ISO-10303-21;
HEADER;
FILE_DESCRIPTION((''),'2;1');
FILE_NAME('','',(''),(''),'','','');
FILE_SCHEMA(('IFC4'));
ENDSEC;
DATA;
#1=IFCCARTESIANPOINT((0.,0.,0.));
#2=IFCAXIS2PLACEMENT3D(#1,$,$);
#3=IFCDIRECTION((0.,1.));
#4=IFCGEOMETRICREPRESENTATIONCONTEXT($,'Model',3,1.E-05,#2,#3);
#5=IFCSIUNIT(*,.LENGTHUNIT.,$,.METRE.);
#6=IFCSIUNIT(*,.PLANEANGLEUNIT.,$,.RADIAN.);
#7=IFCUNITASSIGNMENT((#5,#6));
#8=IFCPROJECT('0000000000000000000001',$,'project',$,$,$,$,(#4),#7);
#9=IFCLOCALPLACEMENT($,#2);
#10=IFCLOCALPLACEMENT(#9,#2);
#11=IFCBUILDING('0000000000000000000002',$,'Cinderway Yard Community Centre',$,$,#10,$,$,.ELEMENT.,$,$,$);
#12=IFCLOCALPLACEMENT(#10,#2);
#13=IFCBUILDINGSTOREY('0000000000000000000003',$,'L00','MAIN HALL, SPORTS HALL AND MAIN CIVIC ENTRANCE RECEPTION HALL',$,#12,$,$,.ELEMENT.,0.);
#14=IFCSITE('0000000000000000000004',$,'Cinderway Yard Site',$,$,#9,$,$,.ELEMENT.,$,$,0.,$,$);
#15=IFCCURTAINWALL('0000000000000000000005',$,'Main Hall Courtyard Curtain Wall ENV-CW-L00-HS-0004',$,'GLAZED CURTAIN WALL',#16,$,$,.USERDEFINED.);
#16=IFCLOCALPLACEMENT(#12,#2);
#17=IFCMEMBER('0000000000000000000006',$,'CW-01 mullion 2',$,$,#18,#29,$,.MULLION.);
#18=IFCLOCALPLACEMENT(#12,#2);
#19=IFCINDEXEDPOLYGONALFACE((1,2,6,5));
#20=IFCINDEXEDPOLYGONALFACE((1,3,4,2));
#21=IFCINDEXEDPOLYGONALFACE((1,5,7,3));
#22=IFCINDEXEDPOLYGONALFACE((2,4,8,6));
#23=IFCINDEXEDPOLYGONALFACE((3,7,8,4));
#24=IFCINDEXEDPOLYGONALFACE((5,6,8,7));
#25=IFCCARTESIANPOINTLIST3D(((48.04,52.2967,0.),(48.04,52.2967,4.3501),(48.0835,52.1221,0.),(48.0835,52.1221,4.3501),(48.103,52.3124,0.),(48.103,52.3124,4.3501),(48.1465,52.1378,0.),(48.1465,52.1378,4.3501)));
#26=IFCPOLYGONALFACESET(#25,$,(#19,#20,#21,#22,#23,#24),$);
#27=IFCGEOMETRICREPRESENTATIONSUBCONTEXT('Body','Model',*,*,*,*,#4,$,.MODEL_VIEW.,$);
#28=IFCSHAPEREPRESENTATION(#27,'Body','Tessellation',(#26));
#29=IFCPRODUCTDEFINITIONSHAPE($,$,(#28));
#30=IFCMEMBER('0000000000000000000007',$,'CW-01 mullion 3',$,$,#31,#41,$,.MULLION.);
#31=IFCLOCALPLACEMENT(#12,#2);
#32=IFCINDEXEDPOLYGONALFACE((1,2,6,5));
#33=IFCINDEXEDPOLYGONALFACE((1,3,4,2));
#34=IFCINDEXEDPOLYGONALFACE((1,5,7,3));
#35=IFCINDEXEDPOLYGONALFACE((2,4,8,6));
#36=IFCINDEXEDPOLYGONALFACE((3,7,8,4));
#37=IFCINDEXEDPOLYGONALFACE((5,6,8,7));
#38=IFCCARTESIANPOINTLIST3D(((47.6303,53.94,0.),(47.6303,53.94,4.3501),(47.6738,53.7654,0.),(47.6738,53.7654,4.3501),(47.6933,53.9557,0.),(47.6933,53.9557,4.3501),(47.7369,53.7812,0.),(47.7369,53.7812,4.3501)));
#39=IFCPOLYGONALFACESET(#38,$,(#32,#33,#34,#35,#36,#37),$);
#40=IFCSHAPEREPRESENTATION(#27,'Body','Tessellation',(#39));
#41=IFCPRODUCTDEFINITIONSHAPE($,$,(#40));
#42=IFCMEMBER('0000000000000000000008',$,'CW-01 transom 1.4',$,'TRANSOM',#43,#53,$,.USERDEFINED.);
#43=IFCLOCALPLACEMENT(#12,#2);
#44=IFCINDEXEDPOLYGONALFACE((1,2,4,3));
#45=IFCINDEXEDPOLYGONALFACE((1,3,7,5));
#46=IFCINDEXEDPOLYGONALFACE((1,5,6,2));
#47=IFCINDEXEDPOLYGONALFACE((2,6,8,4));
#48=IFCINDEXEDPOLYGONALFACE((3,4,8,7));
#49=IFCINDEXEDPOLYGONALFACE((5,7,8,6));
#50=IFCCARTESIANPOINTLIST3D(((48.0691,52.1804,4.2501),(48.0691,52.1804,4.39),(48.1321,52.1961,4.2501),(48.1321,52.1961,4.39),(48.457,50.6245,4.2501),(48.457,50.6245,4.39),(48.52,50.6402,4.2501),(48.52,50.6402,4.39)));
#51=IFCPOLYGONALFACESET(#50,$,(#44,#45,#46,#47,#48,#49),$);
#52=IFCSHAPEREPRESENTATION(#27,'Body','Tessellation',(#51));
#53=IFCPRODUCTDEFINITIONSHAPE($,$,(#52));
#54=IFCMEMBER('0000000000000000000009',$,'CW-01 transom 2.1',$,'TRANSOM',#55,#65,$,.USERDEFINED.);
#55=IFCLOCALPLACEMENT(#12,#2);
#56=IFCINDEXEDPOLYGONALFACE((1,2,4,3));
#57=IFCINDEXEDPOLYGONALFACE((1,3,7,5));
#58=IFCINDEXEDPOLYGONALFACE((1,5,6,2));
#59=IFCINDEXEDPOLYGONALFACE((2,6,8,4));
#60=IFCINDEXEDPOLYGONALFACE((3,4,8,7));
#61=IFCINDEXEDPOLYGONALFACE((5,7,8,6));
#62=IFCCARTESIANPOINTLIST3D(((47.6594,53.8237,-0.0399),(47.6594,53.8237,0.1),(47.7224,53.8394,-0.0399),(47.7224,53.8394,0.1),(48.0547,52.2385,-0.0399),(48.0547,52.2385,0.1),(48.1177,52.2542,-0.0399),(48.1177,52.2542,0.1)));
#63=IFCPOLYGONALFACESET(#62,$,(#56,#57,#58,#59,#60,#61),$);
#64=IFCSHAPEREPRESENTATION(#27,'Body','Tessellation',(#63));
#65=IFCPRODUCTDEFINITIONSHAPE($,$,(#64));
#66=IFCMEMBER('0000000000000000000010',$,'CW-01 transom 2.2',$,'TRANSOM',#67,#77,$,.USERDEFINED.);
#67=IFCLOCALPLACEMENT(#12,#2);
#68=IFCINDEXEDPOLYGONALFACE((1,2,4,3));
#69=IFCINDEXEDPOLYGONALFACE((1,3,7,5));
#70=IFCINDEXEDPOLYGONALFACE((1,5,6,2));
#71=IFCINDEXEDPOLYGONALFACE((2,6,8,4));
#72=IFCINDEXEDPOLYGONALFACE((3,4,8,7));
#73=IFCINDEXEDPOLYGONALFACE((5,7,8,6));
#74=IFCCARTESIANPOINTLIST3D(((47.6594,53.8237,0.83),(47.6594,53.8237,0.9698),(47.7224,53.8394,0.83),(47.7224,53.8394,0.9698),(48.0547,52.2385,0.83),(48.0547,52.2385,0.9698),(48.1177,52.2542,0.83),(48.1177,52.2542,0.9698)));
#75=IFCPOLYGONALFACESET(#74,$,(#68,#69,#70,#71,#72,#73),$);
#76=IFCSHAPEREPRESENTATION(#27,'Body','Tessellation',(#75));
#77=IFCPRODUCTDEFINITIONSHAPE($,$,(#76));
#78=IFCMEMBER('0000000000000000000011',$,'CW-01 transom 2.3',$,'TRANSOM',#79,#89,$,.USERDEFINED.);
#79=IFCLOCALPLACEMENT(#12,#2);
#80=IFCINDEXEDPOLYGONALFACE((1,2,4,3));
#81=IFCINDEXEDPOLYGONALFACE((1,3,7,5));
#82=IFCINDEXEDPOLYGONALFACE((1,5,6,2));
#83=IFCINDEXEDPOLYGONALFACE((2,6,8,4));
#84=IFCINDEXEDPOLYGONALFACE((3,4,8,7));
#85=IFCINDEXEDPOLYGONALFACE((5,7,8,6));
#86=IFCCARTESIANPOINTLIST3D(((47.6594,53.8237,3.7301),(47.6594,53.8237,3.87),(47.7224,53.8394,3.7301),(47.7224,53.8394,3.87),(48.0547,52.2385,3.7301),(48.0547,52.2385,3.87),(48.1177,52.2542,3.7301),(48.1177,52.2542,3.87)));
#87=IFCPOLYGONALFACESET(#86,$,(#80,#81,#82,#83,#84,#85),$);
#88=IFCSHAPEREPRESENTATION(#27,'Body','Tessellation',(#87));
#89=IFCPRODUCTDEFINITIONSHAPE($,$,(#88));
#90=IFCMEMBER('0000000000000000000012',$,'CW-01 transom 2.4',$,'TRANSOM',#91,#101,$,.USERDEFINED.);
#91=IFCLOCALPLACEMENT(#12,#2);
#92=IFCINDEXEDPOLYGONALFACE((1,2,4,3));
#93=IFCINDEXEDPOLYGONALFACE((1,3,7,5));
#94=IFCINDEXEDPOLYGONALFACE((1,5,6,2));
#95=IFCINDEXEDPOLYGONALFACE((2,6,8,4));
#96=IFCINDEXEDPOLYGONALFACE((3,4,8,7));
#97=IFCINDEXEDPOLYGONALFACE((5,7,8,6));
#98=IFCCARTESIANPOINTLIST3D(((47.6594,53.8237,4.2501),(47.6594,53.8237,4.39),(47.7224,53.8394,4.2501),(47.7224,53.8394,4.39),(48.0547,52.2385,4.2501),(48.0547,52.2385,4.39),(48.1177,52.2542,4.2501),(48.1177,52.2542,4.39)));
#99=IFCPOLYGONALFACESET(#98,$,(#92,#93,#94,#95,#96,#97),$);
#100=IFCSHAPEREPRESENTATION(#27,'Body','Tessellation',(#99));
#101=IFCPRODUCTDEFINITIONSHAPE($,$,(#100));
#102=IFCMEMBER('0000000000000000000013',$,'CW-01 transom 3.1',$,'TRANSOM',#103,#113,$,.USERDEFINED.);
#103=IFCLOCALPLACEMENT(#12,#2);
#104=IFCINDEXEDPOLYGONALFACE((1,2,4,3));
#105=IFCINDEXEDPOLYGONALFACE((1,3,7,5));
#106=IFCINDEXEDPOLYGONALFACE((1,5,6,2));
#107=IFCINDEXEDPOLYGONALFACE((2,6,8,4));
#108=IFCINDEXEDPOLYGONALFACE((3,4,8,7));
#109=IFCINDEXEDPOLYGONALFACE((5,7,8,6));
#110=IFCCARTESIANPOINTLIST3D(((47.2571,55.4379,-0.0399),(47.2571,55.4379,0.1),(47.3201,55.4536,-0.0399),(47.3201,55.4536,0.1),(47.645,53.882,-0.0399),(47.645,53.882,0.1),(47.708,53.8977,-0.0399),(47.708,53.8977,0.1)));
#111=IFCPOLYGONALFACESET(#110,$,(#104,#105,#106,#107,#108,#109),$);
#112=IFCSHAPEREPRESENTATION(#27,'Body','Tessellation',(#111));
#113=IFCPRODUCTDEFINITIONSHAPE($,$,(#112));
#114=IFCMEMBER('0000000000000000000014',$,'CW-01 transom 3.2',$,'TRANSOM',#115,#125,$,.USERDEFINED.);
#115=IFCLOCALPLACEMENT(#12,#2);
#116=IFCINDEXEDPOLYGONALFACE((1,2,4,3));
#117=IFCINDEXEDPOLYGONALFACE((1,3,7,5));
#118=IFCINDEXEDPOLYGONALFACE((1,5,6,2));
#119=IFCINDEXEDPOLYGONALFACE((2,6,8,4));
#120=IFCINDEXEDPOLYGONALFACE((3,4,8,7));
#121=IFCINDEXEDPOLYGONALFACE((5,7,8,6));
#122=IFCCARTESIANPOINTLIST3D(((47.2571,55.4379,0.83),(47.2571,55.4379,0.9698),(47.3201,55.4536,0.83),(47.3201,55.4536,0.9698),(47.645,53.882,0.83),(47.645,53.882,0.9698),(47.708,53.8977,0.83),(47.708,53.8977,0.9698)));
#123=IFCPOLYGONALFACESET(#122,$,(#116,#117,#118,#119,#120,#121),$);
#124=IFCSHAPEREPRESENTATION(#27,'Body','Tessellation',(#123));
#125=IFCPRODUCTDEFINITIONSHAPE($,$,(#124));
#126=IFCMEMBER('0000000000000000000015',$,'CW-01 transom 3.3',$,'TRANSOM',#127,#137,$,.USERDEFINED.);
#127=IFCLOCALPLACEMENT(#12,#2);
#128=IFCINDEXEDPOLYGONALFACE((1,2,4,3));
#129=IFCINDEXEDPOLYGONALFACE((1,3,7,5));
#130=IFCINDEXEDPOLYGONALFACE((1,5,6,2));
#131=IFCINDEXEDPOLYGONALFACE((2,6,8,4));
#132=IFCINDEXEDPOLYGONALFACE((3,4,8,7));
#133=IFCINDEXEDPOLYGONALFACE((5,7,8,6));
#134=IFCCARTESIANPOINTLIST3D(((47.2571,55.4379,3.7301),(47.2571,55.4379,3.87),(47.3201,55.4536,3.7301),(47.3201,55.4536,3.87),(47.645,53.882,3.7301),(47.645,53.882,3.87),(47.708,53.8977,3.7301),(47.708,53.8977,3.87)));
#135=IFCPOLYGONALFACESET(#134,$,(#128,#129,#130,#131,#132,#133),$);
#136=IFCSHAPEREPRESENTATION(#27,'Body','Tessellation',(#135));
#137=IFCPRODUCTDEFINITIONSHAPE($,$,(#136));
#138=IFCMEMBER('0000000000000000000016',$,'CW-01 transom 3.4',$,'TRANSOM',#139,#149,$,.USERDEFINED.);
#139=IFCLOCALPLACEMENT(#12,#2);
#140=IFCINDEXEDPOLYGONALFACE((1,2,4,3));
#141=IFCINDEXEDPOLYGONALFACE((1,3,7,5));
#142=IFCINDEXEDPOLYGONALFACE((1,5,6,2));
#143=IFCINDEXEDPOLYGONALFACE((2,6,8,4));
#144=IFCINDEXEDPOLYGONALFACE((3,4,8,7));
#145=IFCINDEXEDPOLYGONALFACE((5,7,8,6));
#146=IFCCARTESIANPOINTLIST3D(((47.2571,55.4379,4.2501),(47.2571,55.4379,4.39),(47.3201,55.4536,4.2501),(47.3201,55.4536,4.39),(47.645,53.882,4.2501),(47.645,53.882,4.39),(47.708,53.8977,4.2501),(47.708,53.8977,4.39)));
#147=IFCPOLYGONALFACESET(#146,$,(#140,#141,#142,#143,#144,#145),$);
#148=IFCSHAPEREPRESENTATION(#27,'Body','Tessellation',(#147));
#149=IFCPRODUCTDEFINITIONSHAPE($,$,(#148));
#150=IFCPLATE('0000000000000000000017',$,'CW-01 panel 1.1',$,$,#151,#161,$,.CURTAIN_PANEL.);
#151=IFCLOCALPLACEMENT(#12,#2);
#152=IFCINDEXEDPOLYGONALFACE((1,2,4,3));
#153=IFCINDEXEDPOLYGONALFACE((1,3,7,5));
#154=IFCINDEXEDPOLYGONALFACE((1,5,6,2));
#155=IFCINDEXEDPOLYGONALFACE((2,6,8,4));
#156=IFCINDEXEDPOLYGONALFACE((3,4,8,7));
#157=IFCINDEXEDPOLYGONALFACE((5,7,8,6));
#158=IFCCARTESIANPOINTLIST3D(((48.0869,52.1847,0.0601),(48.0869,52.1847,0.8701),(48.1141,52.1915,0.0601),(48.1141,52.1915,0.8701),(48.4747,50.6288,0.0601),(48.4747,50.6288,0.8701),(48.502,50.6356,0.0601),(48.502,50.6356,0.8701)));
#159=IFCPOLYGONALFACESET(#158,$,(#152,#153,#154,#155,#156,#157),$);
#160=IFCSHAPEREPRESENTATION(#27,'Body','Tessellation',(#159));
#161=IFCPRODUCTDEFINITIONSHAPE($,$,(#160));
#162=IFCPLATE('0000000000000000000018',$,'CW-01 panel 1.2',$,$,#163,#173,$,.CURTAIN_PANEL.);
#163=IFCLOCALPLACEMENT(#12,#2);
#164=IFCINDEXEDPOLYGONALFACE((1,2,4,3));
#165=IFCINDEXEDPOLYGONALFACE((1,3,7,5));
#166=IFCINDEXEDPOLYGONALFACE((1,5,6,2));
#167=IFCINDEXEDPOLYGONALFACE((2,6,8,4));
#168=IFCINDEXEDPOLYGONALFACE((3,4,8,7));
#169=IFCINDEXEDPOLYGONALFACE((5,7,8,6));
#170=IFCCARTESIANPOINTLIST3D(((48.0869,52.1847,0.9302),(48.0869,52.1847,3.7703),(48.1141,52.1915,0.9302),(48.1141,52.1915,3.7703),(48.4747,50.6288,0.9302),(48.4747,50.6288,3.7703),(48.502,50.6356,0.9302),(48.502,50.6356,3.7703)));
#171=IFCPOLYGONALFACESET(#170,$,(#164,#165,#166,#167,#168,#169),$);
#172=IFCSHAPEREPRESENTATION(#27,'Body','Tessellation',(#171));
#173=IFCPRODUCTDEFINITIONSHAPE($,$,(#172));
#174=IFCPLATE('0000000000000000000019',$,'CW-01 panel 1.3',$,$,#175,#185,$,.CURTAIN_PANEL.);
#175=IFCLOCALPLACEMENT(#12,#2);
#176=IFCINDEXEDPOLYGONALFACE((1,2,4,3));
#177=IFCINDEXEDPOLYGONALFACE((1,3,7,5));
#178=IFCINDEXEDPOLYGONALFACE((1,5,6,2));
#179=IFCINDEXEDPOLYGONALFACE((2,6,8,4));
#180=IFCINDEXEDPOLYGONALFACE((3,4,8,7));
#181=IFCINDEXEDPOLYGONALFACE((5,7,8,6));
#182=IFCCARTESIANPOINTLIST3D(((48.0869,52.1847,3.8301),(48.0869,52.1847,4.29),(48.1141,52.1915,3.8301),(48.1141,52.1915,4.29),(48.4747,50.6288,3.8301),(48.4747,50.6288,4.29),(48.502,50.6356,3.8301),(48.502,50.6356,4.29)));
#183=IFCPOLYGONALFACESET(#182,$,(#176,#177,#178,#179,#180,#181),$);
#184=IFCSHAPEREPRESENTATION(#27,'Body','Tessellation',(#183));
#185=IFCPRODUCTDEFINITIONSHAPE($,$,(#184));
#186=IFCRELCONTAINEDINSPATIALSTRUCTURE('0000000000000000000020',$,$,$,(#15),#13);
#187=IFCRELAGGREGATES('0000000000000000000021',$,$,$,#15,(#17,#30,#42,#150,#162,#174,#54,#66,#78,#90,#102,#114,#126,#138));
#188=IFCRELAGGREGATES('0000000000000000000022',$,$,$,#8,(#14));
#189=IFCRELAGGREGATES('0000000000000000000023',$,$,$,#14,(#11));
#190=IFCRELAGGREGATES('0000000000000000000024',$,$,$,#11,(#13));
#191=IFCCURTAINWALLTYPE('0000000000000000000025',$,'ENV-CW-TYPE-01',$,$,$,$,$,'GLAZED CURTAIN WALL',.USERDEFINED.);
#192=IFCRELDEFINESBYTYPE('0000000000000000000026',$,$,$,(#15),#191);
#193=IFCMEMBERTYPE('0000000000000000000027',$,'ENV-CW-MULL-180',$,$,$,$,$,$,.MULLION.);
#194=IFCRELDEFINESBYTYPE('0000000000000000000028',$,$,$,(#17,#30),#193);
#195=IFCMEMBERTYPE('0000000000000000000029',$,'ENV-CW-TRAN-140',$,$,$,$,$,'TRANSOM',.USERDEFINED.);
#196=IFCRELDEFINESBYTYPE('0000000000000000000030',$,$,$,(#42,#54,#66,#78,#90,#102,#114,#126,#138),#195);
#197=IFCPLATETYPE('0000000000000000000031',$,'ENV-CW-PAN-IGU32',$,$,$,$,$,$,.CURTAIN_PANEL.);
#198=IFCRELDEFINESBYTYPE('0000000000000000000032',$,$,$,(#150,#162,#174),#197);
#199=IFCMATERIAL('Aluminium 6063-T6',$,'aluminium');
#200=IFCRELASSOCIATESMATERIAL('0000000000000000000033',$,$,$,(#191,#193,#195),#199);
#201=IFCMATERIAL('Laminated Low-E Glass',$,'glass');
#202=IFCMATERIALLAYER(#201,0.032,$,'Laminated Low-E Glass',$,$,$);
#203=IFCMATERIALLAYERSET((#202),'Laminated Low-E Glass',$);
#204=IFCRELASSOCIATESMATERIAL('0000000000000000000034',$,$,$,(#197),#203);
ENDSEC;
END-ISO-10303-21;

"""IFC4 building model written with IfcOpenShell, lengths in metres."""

from ifc_helpers import new_model, si_unit, direction, frame, origin, origin_2d, place, context, subcontext, project, spatial, rectangle, extrude, material, layer, layer_set, material_profile, profile_set, type_object, element, aggregate, save


model = new_model("IFC4")

# Units and contexts
model_context = context("Model", 3, precision=1e-05, world=origin(), true_north=direction((0.0, 1.0)))
body_context = subcontext(model_context, "Body", "Model", "MODEL_VIEW")
ifc_project = project(units=[si_unit("LENGTHUNIT", "METRE"), si_unit("PLANEANGLEUNIT", "RADIAN")], contexts=[model_context])

# Site, building, storey
site_placement = place(None, origin())
site = spatial("IfcSite", under=ifc_project, at=site_placement, Name="Cinderway Yard Site", CompositionType="ELEMENT", RefElevation=0.0)
building_placement = place(site_placement, origin())
building = spatial("IfcBuilding", under=site, at=building_placement, Name="Cinderway Yard Community Centre", CompositionType="ELEMENT")
storey_placement = place(building_placement, origin())
storey = spatial("IfcBuildingStorey", under=building, at=storey_placement, Name="L00", Description="MAIN HALL, SPORTS HALL AND MAIN CIVIC ENTRANCE RECEPTION HALL", CompositionType="ELEMENT", Elevation=0.0)

# Curtain wall, members, plates
ifc_material_1 = material(Name="Aluminium 6063-T6", Category="aluminium")
curtain_wall_type = type_object("IfcCurtainWallType", Name="ENV-CW-TYPE-01", ElementType="GLAZED CURTAIN WALL", PredefinedType="USERDEFINED", material=ifc_material_1)
curtain_wall_placement = place(storey_placement, origin())
curtain_wall = element("IfcCurtainWall", 1, at=curtain_wall_placement, inside=storey, type_object=curtain_wall_type, Name="Main Hall Courtyard Curtain Wall ENV-CW-L00-HS-0004", ObjectType="GLAZED CURTAIN WALL", PredefinedType="USERDEFINED")
ifc_material_profile_1 = material_profile(ifc_material_1, rectangle(XDim=0.0649, YDim=0.1799, at=origin_2d()), Name="Aluminium 6063-T6")
ifc_profile_set_1 = profile_set([ifc_material_profile_1], Name="Aluminium 6063-T6")
member_type_1 = type_object("IfcMemberType", Name="ENV-CW-MULL-180", PredefinedType="MULLION", material=ifc_profile_set_1)
member_1_placement = place(storey_placement, frame((48.0933, 52.2173, 0.0), z_axis=(0.0, 0.0, 1.0), x_axis=(-0.970304, -0.241887, 0.0)))
member_1 = element("IfcMember", 2, at=member_1_placement, type_object=member_type_1, Name="CW-01 mullion 2", PredefinedType="MULLION", context=body_context, shape_type="SweptSolid", body=[
    extrude(rectangle(XDim=0.0649, YDim=0.1799, at=origin_2d()), origin(), (0.0, 0.0, 1.0), 4.3501),
])
member_2_placement = place(storey_placement, frame((47.6836, 53.8606, 0.0), z_axis=(0.0, 0.0, 1.0), x_axis=(-0.970304, -0.241887, 0.0)))
member_2 = element("IfcMember", 3, at=member_2_placement, type_object=member_type_1, Name="CW-01 mullion 3", PredefinedType="MULLION", context=body_context, shape_type="SweptSolid", body=[
    extrude(rectangle(XDim=0.0649, YDim=0.1799, at=origin_2d()), origin(), (0.0, 0.0, 1.0), 4.3501),
])
ifc_material_profile_2 = material_profile(ifc_material_1, rectangle(XDim=0.0649, YDim=0.1399, at=origin_2d()), Name="Aluminium 6063-T6")
ifc_profile_set_2 = profile_set([ifc_material_profile_2], Name="Aluminium 6063-T6")
member_type_2 = type_object("IfcMemberType", Name="ENV-CW-TRAN-140", ElementType="TRANSOM", PredefinedType="USERDEFINED", material=ifc_profile_set_2)
member_3_placement = place(storey_placement, frame((48.4885, 50.6323, 4.3201), z_axis=(-0.241927, 0.970295, 0.0), x_axis=(-0.970295, -0.241927, 0.0)))
member_3 = element("IfcMember", 4, at=member_3_placement, type_object=member_type_2, Name="CW-01 transom 1.4", ObjectType="TRANSOM", PredefinedType="USERDEFINED", context=body_context, shape_type="SweptSolid", body=[
    extrude(rectangle(XDim=0.0649, YDim=0.1399, at=origin_2d()), origin(), (0.0, 0.0, 1.0), 1.6035),
])
member_4_placement = place(storey_placement, frame((48.0862, 52.2463, 0.03), z_axis=(-0.241938, 0.970292, 0.0), x_axis=(-0.970292, -0.241938, 0.0)))
member_4 = element("IfcMember", 5, at=member_4_placement, type_object=member_type_2, Name="CW-01 transom 2.1", ObjectType="TRANSOM", PredefinedType="USERDEFINED", context=body_context, shape_type="SweptSolid", body=[
    extrude(rectangle(XDim=0.0649, YDim=0.1399, at=origin_2d()), origin(), (0.0, 0.0, 1.0), 1.6338),
])
member_5_placement = place(storey_placement, frame((48.0862, 52.2463, 0.8999), z_axis=(-0.241938, 0.970292, 0.0), x_axis=(-0.970292, -0.241938, 0.0)))
member_5 = element("IfcMember", 6, at=member_5_placement, type_object=member_type_2, Name="CW-01 transom 2.2", ObjectType="TRANSOM", PredefinedType="USERDEFINED", context=body_context, shape_type="SweptSolid", body=[
    extrude(rectangle(XDim=0.0649, YDim=0.1399, at=origin_2d()), origin(), (0.0, 0.0, 1.0), 1.6338),
])
member_6_placement = place(storey_placement, frame((48.0862, 52.2463, 3.8), z_axis=(-0.241938, 0.970292, 0.0), x_axis=(-0.970292, -0.241938, 0.0)))
member_6 = element("IfcMember", 7, at=member_6_placement, type_object=member_type_2, Name="CW-01 transom 2.3", ObjectType="TRANSOM", PredefinedType="USERDEFINED", context=body_context, shape_type="SweptSolid", body=[
    extrude(rectangle(XDim=0.0649, YDim=0.1399, at=origin_2d()), origin(), (0.0, 0.0, 1.0), 1.6338),
])
member_7_placement = place(storey_placement, frame((48.0862, 52.2463, 4.3201), z_axis=(-0.241938, 0.970292, 0.0), x_axis=(-0.970292, -0.241938, 0.0)))
member_7 = element("IfcMember", 8, at=member_7_placement, type_object=member_type_2, Name="CW-01 transom 2.4", ObjectType="TRANSOM", PredefinedType="USERDEFINED", context=body_context, shape_type="SweptSolid", body=[
    extrude(rectangle(XDim=0.0649, YDim=0.1399, at=origin_2d()), origin(), (0.0, 0.0, 1.0), 1.6338),
])
member_8_placement = place(storey_placement, frame((47.6765, 53.8899, 0.03), z_axis=(-0.241927, 0.970295, 0.0), x_axis=(-0.970295, -0.241927, 0.0)))
member_8 = element("IfcMember", 9, at=member_8_placement, type_object=member_type_2, Name="CW-01 transom 3.1", ObjectType="TRANSOM", PredefinedType="USERDEFINED", context=body_context, shape_type="SweptSolid", body=[
    extrude(rectangle(XDim=0.0649, YDim=0.1399, at=origin_2d()), origin(), (0.0, 0.0, 1.0), 1.6035),
])
member_9_placement = place(storey_placement, frame((47.6765, 53.8899, 0.8999), z_axis=(-0.241927, 0.970295, 0.0), x_axis=(-0.970295, -0.241927, 0.0)))
member_9 = element("IfcMember", 10, at=member_9_placement, type_object=member_type_2, Name="CW-01 transom 3.2", ObjectType="TRANSOM", PredefinedType="USERDEFINED", context=body_context, shape_type="SweptSolid", body=[
    extrude(rectangle(XDim=0.0649, YDim=0.1399, at=origin_2d()), origin(), (0.0, 0.0, 1.0), 1.6035),
])
member_10_placement = place(storey_placement, frame((47.6765, 53.8899, 3.8), z_axis=(-0.241927, 0.970295, 0.0), x_axis=(-0.970295, -0.241927, 0.0)))
member_10 = element("IfcMember", 11, at=member_10_placement, type_object=member_type_2, Name="CW-01 transom 3.3", ObjectType="TRANSOM", PredefinedType="USERDEFINED", context=body_context, shape_type="SweptSolid", body=[
    extrude(rectangle(XDim=0.0649, YDim=0.1399, at=origin_2d()), origin(), (0.0, 0.0, 1.0), 1.6035),
])
member_11_placement = place(storey_placement, frame((47.6765, 53.8899, 4.3201), z_axis=(-0.241927, 0.970295, 0.0), x_axis=(-0.970295, -0.241927, 0.0)))
member_11 = element("IfcMember", 12, at=member_11_placement, type_object=member_type_2, Name="CW-01 transom 3.4", ObjectType="TRANSOM", PredefinedType="USERDEFINED", context=body_context, shape_type="SweptSolid", body=[
    extrude(rectangle(XDim=0.0649, YDim=0.1399, at=origin_2d()), origin(), (0.0, 0.0, 1.0), 1.6035),
])
ifc_material_2 = material(Name="Laminated Low-E Glass", Category="glass")
ifc_layer = layer(ifc_material_2, 0.032, Name="Laminated Low-E Glass")
ifc_layer_set = layer_set([ifc_layer], Name="Laminated Low-E Glass")
plate_type = type_object("IfcPlateType", Name="ENV-CW-PAN-IGU32", PredefinedType="CURTAIN_PANEL", material=ifc_layer_set)
plate_1_placement = place(storey_placement, frame((48.2944, 51.4102, 0.0601), z_axis=(0.0, 0.0, 1.0), x_axis=(-0.241887, 0.970304, 0.0)))
plate_1 = element("IfcPlate", 13, at=plate_1_placement, type_object=plate_type, Name="CW-01 panel 1.1", PredefinedType="CURTAIN_PANEL", context=body_context, shape_type="SweptSolid", body=[
    extrude(rectangle(XDim=1.6035, YDim=0.0281, at=origin_2d()), origin(), (0.0, 0.0, 1.0), 0.8101),
])
plate_2_placement = place(storey_placement, frame((48.2944, 51.4102, 0.9302), z_axis=(0.0, 0.0, 1.0), x_axis=(-0.241887, 0.970304, 0.0)))
plate_2 = element("IfcPlate", 14, at=plate_2_placement, type_object=plate_type, Name="CW-01 panel 1.2", PredefinedType="CURTAIN_PANEL", context=body_context, shape_type="SweptSolid", body=[
    extrude(rectangle(XDim=1.6035, YDim=0.0281, at=origin_2d()), origin(), (0.0, 0.0, 1.0), 2.8401),
])
plate_3_placement = place(storey_placement, frame((48.2944, 51.4102, 3.8301), z_axis=(0.0, 0.0, 1.0), x_axis=(-0.241887, 0.970304, 0.0)))
plate_3 = element("IfcPlate", 15, at=plate_3_placement, type_object=plate_type, Name="CW-01 panel 1.3", PredefinedType="CURTAIN_PANEL", context=body_context, shape_type="SweptSolid", body=[
    extrude(rectangle(XDim=1.6035, YDim=0.0281, at=origin_2d()), origin(), (0.0, 0.0, 1.0), 0.46),
])
aggregate(curtain_wall, [member_1, member_2, member_3, plate_1, plate_2, plate_3, member_4, member_5, member_6, member_7, member_8, member_9, member_10, member_11])

save(model, "model.ifc")
